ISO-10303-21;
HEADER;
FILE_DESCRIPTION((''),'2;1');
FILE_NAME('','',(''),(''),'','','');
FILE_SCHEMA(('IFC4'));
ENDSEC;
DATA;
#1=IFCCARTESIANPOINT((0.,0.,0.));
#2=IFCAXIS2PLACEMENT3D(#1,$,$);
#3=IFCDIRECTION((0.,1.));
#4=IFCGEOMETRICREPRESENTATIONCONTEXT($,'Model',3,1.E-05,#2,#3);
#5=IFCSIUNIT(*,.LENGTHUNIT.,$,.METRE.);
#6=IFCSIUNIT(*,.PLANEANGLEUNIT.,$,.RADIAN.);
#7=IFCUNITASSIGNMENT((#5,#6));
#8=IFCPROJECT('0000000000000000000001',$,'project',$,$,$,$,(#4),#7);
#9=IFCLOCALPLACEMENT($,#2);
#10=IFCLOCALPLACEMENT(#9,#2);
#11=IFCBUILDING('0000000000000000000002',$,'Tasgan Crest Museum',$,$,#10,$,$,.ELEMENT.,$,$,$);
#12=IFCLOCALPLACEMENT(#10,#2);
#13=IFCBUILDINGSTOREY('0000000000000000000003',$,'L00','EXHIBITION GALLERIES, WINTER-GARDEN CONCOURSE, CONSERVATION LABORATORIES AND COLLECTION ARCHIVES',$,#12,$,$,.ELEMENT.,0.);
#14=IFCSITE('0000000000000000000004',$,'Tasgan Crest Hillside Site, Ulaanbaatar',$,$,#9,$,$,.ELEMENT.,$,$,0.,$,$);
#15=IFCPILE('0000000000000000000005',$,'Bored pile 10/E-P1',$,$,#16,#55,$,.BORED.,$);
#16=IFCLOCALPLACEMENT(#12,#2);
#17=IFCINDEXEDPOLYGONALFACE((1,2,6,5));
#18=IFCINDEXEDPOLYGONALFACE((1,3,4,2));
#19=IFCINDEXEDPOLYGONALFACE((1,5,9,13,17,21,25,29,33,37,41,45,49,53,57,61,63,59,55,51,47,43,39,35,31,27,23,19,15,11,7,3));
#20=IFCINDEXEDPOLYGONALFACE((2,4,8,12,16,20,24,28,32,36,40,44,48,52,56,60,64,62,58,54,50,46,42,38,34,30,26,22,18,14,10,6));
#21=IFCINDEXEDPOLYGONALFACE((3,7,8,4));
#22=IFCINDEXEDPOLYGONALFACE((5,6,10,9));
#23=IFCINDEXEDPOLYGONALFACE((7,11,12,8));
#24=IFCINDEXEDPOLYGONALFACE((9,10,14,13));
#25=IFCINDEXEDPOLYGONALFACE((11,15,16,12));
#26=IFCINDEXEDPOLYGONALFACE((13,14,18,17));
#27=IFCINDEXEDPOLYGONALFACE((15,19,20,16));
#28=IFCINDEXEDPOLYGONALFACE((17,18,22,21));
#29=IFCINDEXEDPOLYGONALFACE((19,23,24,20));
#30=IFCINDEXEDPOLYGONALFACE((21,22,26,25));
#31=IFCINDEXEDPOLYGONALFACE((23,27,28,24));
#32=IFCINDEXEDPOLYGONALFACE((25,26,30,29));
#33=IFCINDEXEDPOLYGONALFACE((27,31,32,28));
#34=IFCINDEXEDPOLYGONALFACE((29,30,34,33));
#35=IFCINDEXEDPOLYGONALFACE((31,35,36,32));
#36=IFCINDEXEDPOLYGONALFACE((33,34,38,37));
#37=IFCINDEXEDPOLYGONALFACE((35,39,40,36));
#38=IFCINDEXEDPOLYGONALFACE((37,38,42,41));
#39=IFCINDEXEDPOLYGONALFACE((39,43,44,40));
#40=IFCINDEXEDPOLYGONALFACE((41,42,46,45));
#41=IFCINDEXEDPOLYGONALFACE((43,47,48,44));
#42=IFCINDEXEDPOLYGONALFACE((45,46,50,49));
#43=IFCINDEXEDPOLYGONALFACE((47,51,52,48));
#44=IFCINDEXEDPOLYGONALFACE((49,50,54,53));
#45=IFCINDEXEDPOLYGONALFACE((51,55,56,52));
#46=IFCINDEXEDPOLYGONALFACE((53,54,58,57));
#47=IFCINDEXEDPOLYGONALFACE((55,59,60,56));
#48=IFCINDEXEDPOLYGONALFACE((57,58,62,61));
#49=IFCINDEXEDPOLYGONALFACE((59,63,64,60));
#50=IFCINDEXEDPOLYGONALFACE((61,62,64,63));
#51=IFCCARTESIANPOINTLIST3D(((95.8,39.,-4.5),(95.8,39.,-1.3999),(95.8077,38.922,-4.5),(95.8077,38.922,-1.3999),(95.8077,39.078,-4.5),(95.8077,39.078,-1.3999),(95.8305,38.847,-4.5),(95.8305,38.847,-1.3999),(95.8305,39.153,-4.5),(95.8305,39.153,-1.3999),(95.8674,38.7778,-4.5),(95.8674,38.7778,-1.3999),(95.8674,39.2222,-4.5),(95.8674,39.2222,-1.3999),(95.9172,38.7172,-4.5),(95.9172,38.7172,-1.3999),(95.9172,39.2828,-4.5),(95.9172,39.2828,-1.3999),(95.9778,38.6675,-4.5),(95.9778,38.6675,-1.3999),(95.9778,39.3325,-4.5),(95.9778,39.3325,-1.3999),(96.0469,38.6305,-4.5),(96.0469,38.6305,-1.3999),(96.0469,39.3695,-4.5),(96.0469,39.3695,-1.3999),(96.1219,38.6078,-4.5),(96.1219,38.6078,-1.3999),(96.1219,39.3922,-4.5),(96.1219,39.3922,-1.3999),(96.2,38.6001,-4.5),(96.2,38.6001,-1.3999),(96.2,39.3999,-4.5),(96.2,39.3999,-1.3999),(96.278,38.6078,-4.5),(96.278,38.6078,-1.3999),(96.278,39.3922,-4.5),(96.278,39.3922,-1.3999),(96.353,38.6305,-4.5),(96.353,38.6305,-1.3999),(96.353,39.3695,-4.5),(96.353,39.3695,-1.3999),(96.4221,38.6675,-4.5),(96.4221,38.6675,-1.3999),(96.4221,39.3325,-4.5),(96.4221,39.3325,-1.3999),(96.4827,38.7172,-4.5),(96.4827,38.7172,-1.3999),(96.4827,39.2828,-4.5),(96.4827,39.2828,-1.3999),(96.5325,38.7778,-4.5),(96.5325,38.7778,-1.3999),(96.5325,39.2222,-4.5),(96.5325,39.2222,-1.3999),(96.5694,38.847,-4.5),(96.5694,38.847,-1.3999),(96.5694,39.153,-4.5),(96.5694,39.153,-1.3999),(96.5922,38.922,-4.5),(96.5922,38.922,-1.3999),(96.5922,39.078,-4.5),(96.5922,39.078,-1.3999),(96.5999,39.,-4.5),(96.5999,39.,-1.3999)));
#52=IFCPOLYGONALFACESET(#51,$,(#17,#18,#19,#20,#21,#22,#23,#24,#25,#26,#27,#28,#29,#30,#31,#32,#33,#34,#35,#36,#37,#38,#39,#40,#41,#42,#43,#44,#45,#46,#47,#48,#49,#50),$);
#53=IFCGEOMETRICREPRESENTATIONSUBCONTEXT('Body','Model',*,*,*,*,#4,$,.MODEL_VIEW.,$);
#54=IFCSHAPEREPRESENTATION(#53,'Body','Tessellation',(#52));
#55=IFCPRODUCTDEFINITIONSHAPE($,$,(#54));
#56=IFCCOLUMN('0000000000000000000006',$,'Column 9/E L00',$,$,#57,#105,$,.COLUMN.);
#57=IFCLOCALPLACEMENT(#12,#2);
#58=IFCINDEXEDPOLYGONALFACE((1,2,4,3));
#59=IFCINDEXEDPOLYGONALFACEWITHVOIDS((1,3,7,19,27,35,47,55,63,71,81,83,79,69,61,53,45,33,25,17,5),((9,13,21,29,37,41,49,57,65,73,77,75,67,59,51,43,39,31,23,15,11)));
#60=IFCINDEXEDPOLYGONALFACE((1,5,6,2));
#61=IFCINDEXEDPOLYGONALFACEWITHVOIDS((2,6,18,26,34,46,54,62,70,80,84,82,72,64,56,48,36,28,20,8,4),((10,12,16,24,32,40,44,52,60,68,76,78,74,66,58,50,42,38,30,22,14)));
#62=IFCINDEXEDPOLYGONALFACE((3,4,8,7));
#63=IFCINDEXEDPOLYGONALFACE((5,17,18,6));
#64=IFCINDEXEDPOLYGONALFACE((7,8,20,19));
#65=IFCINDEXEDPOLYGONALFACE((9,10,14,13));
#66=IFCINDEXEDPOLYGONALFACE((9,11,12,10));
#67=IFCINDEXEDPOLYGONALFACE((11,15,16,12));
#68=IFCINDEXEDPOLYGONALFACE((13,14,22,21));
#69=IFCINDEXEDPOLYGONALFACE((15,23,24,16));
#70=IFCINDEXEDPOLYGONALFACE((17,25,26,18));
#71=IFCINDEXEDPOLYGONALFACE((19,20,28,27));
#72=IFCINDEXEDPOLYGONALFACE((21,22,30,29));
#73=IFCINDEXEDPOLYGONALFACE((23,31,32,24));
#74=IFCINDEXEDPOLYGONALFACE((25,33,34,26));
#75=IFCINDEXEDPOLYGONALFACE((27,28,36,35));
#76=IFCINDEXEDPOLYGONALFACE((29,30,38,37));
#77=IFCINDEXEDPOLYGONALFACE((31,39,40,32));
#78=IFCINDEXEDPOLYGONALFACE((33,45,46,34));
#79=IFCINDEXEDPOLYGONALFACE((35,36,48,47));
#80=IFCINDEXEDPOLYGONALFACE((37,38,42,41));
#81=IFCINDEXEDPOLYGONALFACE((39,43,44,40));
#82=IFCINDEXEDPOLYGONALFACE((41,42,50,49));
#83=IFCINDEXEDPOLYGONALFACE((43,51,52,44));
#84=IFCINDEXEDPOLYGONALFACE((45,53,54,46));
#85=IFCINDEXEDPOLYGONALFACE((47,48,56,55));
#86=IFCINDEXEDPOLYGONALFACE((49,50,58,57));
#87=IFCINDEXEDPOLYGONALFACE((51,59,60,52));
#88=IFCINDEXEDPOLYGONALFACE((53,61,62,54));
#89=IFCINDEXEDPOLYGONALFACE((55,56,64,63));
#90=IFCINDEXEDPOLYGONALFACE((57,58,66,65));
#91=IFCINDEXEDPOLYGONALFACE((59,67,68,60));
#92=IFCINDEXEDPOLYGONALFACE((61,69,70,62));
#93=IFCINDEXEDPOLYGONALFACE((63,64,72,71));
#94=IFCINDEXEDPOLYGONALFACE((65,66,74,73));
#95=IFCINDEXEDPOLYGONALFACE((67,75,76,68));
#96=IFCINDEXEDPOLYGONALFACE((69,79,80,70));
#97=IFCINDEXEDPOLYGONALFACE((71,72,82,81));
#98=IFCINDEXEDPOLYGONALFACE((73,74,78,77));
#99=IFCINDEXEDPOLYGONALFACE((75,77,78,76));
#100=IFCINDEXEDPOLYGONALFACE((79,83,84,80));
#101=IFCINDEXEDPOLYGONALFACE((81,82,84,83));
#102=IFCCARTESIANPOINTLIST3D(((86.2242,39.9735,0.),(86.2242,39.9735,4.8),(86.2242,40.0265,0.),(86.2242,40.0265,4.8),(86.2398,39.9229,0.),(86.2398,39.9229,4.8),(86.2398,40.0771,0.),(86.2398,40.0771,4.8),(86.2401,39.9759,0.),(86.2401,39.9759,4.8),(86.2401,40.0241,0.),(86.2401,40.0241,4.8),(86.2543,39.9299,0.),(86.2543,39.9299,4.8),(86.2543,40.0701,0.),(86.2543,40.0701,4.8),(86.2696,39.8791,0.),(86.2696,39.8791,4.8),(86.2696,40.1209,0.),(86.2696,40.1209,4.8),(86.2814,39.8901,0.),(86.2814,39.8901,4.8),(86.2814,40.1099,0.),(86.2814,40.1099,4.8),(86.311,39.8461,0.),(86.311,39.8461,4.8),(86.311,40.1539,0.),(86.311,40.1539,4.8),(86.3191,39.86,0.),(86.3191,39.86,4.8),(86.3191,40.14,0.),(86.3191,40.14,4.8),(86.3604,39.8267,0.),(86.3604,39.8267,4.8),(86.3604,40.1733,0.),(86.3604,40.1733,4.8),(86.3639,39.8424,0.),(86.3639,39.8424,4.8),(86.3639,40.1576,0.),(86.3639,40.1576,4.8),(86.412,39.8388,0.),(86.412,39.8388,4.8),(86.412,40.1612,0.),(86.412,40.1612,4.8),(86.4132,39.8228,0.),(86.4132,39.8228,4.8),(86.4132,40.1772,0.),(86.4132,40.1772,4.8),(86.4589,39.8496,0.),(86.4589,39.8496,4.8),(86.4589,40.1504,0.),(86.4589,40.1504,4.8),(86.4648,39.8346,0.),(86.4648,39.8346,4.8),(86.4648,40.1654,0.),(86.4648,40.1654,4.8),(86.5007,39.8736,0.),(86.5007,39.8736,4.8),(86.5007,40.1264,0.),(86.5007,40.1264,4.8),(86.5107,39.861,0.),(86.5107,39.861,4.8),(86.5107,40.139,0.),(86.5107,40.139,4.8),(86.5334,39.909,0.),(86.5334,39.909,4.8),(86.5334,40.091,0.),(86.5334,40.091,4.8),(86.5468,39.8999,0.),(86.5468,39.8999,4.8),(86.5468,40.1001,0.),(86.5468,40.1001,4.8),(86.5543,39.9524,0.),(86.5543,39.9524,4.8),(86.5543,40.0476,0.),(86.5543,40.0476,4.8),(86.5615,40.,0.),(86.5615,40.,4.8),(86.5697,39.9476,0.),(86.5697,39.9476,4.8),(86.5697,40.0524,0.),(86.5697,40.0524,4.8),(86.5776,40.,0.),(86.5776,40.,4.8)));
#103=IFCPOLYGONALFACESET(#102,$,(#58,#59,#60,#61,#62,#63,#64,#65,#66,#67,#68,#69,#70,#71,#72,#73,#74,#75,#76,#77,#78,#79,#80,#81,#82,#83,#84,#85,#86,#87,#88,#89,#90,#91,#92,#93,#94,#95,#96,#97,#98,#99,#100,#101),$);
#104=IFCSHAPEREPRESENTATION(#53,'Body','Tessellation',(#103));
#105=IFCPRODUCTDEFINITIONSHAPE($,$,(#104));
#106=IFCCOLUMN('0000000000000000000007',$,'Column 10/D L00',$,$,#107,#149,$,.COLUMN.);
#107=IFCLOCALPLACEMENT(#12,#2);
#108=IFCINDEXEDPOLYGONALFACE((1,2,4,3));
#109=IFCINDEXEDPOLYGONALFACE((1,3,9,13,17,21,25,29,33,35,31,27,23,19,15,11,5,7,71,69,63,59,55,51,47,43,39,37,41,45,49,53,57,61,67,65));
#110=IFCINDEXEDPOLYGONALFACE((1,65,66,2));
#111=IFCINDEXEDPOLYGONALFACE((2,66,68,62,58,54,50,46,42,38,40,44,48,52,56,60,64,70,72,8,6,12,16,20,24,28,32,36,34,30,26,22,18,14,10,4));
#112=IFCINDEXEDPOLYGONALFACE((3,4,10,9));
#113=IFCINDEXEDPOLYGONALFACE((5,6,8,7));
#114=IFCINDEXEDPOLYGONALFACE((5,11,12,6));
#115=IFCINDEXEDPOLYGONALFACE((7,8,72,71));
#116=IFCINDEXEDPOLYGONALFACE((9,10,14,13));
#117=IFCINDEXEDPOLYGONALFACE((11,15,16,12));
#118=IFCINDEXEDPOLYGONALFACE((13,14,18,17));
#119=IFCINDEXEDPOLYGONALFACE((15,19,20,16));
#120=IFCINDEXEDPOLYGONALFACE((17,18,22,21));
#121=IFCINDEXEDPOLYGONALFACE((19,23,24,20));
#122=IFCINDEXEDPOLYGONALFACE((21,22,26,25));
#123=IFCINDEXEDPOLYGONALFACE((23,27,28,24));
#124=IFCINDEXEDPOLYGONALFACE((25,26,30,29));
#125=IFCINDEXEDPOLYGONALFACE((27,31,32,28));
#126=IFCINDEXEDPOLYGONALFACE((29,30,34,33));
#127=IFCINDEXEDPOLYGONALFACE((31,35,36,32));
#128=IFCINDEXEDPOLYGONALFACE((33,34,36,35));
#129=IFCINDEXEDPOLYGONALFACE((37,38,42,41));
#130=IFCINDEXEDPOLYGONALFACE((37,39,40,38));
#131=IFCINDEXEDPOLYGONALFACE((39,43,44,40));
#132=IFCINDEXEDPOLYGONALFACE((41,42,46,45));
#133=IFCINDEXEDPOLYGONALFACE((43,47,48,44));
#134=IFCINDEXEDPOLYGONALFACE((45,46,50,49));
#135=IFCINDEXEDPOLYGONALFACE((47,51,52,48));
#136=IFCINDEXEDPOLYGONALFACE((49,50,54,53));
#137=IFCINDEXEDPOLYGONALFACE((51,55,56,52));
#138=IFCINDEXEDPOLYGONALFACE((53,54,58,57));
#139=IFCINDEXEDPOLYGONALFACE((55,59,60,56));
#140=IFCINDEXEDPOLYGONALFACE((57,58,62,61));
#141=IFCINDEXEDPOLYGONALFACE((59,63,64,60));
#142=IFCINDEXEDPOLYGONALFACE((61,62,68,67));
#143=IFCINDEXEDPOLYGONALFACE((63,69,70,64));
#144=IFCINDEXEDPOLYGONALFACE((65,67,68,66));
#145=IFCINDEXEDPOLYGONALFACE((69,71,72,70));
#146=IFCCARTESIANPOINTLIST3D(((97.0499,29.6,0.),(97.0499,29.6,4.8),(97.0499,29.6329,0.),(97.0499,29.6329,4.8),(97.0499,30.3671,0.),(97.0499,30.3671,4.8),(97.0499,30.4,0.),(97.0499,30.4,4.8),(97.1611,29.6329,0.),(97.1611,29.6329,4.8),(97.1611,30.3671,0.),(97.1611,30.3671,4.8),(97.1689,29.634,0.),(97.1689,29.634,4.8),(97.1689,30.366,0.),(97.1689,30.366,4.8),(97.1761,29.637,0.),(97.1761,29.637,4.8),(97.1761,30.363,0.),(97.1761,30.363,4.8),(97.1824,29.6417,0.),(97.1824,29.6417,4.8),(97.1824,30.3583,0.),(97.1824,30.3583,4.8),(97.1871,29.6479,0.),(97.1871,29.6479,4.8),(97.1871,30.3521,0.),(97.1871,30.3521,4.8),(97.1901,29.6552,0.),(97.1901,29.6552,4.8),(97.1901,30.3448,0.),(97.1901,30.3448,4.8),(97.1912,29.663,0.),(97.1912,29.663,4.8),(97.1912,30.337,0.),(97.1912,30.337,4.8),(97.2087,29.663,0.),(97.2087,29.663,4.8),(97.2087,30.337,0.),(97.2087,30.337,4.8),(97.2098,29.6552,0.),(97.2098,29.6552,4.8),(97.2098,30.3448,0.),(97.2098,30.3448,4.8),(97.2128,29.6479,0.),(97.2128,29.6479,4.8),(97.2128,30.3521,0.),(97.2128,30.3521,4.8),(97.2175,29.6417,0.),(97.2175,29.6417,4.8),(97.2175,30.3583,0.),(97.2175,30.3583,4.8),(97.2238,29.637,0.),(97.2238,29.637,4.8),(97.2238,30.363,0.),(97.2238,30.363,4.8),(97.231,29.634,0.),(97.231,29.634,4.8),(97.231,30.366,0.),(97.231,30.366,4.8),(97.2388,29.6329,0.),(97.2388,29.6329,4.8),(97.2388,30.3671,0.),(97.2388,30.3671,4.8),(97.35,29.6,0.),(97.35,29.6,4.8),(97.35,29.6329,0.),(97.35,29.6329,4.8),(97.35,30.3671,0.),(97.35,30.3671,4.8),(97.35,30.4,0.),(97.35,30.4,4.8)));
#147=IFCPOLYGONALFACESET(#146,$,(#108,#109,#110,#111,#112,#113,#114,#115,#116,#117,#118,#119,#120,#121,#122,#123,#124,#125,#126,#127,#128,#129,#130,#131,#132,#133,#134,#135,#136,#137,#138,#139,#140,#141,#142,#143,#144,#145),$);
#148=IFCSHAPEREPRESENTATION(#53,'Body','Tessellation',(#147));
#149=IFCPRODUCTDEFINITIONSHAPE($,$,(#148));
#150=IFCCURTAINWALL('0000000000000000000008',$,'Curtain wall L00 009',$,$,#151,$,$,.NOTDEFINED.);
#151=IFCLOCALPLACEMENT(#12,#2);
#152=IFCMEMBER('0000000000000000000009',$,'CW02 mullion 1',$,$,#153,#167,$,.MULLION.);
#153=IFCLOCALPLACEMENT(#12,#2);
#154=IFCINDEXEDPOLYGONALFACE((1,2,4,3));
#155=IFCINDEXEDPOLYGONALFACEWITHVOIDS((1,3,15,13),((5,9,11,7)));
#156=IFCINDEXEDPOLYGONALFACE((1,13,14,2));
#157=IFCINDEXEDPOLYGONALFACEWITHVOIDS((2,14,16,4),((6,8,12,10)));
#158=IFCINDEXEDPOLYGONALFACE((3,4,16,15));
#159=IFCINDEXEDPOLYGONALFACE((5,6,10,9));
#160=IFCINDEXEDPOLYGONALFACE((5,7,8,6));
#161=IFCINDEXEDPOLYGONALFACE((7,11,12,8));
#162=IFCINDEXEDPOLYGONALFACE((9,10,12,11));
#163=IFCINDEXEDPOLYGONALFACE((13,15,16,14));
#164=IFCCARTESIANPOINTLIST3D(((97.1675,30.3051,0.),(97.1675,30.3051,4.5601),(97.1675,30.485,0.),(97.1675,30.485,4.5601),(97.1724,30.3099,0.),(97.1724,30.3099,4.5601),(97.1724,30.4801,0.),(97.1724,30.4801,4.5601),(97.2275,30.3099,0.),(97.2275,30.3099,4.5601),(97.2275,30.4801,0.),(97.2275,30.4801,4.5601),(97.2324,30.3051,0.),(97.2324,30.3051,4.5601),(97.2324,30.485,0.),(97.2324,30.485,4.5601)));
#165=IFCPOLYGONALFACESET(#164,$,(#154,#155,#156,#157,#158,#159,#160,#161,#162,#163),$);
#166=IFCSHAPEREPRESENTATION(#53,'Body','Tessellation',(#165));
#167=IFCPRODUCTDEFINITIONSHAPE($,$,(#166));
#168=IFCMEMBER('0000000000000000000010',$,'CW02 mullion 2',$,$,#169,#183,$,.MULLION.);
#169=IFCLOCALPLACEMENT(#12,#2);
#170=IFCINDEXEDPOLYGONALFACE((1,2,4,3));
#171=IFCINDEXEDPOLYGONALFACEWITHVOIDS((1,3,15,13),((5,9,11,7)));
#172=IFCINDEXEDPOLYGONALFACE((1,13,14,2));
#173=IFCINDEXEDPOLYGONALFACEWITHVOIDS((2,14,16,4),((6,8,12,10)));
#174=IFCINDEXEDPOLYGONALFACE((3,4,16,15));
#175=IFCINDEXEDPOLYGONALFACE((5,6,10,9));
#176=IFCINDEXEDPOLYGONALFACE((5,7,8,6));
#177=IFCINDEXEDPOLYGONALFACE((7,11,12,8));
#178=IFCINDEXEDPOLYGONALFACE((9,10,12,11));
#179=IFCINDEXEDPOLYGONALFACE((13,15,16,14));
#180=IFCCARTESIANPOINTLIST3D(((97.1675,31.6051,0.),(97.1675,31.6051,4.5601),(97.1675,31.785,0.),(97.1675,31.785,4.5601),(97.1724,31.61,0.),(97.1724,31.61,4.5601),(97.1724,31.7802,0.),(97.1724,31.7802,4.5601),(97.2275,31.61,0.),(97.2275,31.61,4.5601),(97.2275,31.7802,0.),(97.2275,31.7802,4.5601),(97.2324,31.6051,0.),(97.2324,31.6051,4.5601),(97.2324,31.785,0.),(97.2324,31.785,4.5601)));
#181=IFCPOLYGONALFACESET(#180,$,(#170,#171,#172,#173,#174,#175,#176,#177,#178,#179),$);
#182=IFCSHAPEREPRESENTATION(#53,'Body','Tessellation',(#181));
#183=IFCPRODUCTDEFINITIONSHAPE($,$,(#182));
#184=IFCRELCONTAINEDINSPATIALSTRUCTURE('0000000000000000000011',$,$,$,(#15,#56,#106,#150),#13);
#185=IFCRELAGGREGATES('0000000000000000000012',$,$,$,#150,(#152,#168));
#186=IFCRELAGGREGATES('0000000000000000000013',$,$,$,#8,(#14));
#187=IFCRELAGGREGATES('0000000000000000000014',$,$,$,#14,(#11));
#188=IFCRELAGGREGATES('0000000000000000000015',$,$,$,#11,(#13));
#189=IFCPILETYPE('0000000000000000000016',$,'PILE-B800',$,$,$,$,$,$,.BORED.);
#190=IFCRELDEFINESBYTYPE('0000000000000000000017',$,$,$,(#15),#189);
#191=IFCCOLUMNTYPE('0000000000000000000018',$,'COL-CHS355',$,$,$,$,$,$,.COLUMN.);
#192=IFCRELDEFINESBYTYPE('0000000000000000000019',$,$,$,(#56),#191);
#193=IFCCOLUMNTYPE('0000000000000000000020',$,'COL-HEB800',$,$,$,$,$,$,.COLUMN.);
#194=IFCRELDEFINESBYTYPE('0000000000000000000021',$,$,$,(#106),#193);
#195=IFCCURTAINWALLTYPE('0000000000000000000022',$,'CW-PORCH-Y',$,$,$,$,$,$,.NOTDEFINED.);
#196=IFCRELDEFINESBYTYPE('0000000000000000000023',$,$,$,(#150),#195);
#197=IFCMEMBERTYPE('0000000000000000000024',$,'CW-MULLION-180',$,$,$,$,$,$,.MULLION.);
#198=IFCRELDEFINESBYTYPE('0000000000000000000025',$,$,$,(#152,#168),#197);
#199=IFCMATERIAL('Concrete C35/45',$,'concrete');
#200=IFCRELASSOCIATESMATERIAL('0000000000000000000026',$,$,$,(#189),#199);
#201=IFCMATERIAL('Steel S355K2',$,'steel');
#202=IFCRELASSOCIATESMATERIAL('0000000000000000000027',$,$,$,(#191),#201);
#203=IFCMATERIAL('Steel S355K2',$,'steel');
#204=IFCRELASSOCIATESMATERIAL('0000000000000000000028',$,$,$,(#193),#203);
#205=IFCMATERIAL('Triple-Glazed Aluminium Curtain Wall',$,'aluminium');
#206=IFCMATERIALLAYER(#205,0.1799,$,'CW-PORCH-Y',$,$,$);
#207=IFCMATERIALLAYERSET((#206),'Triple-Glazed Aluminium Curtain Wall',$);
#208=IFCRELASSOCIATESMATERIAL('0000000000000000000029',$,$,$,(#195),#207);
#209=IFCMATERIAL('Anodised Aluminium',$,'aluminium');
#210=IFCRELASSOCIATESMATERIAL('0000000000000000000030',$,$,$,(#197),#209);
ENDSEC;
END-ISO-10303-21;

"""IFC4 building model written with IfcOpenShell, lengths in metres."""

from ifc_helpers import new_model, si_unit, direction, frame, origin, origin_2d, place, context, subcontext, project, spatial, hollow_rectangle, circle, hollow_circle, i_section, extrude, material, layer, layer_set, material_profile, profile_set, type_object, element, aggregate, save


model = new_model("IFC4")

# Units and contexts
model_context = context("Model", 3, precision=1e-05, world=origin(), true_north=direction((0.0, 1.0)))
body_context = subcontext(model_context, "Body", "Model", "MODEL_VIEW")
ifc_project = project(units=[si_unit("LENGTHUNIT", "METRE"), si_unit("PLANEANGLEUNIT", "RADIAN")], contexts=[model_context])

# Site, building, storey
site_placement = place(None, origin())
site = spatial("IfcSite", under=ifc_project, at=site_placement, Name="Tasgan Crest Hillside Site, Ulaanbaatar", CompositionType="ELEMENT", RefElevation=0.0)
building_placement = place(site_placement, origin())
building = spatial("IfcBuilding", under=site, at=building_placement, Name="Tasgan Crest Museum", CompositionType="ELEMENT")
storey_placement = place(building_placement, origin())
storey = spatial("IfcBuildingStorey", under=building, at=storey_placement, Name="L00", Description="EXHIBITION GALLERIES, WINTER-GARDEN CONCOURSE, CONSERVATION LABORATORIES AND COLLECTION ARCHIVES", CompositionType="ELEMENT", Elevation=0.0)

# Pile
ifc_material_1 = material(Name="Concrete C35/45", Category="concrete")
ifc_material_profile_1 = material_profile(ifc_material_1, circle(Radius=0.3999, at=origin_2d()), Name="PILE D800")
ifc_profile_set_1 = profile_set([ifc_material_profile_1], Name="Concrete C35/45")
pile_type = type_object("IfcPileType", Name="PILE-B800", PredefinedType="BORED", material=ifc_profile_set_1)
pile_1_placement = place(storey_placement, frame((96.2, 39.0, -1.3999), z_axis=(0.0, 0.0, -1.0), x_axis=(1.0, 0.0, 0.0)))
element("IfcPile", 1, at=pile_1_placement, inside=storey, type_object=pile_type, Name="Bored pile 10/E-P1", PredefinedType="BORED", context=body_context, shape_type="SweptSolid", body=[
    extrude(circle(Radius=0.3999, at=origin_2d()), origin(), (0.0, 0.0, 1.0), 3.1001),
])

# Columns
ifc_material_2 = material(Name="Steel S355K2", Category="steel")
ifc_material_profile_2 = material_profile(ifc_material_2, hollow_circle(Radius=0.1777, WallThickness=0.0161, at=origin_2d()), Name="CHS 355.6x16")
ifc_profile_set_2 = profile_set([ifc_material_profile_2], Name="Steel S355K2")
column_type_1 = type_object("IfcColumnType", Name="COL-CHS355", PredefinedType="COLUMN", material=ifc_profile_set_2)
column_1_placement = place(storey_placement, frame((86.3999, 40.0, 0.0), z_axis=(0.0, 0.0, 1.0), x_axis=(1.0, 0.0, 0.0)))
element("IfcColumn", 2, at=column_1_placement, inside=storey, type_object=column_type_1, Name="Column 9/E L00", PredefinedType="COLUMN", context=body_context, shape_type="SweptSolid", body=[
    extrude(hollow_circle(Radius=0.1777, WallThickness=0.0161, at=origin_2d()), origin(), (0.0, 0.0, 1.0), 4.8),
])
ifc_material_3 = material(Name="Steel S355K2", Category="steel")
ifc_material_profile_3 = material_profile(ifc_material_3, i_section(OverallWidth=0.3, OverallDepth=0.8, WebThickness=0.0176, FlangeThickness=0.033, FilletRadius=0.03, at=origin_2d()), Name="HEB 800")
ifc_profile_set_3 = profile_set([ifc_material_profile_3], Name="Steel S355K2")
column_type_2 = type_object("IfcColumnType", Name="COL-HEB800", PredefinedType="COLUMN", material=ifc_profile_set_3)
column_2_placement = place(storey_placement, frame((97.2, 30.0, 0.0), z_axis=(0.0, 0.0, 1.0), x_axis=(1.0, 0.0, 0.0)))
element("IfcColumn", 3, at=column_2_placement, inside=storey, type_object=column_type_2, Name="Column 10/D L00", PredefinedType="COLUMN", context=body_context, shape_type="SweptSolid", body=[
    extrude(i_section(OverallWidth=0.3, OverallDepth=0.8, WebThickness=0.0176, FlangeThickness=0.033, FilletRadius=0.03, at=origin_2d()), origin(), (0.0, 0.0, 1.0), 4.8),
])

# Curtain wall, members
ifc_material_4 = material(Name="Triple-Glazed Aluminium Curtain Wall", Category="aluminium")
ifc_layer_1 = layer(ifc_material_4, 0.1799, Name="CW-PORCH-Y")
ifc_layer_set_1 = layer_set([ifc_layer_1], Name="Triple-Glazed Aluminium Curtain Wall")
curtain_wall_type = type_object("IfcCurtainWallType", Name="CW-PORCH-Y", PredefinedType="NOTDEFINED", material=ifc_layer_set_1)
curtain_wall_placement = place(storey_placement, origin())
curtain_wall = element("IfcCurtainWall", 4, at=curtain_wall_placement, inside=storey, type_object=curtain_wall_type, Name="Curtain wall L00 009", PredefinedType="NOTDEFINED")
ifc_material_5 = material(Name="Anodised Aluminium", Category="aluminium")
ifc_material_profile_4 = material_profile(ifc_material_5, hollow_rectangle(XDim=0.0649, YDim=0.1799, WallThickness=0.0049, at=origin_2d()), Name="ALU MULLION 180x65x5")
ifc_profile_set_4 = profile_set([ifc_material_profile_4], Name="Anodised Aluminium")
member_type_1 = type_object("IfcMemberType", Name="CW-MULLION-180", PredefinedType="MULLION", material=ifc_profile_set_4)
member_1_placement = place(storey_placement, frame((97.2, 30.395, 0.0), z_axis=(0.0, 0.0, 1.0), x_axis=(-1.0, 0.0, 0.0)))
member_1 = element("IfcMember", 5, at=member_1_placement, type_object=member_type_1, Name="CW02 mullion 1", PredefinedType="MULLION", context=body_context, shape_type="SweptSolid", body=[
    extrude(hollow_rectangle(XDim=0.0649, YDim=0.1799, WallThickness=0.0049, at=origin_2d()), origin(), (0.0, 0.0, 1.0), 4.5601),
])
member_2_placement = place(storey_placement, frame((97.2, 31.6951, 0.0), z_axis=(0.0, 0.0, 1.0), x_axis=(-1.0, 0.0, 0.0)))
member_2 = element("IfcMember", 6, at=member_2_placement, type_object=member_type_1, Name="CW02 mullion 2", PredefinedType="MULLION", context=body_context, shape_type="SweptSolid", body=[
    extrude(hollow_rectangle(XDim=0.0649, YDim=0.1799, WallThickness=0.0049, at=origin_2d()), origin(), (0.0, 0.0, 1.0), 4.5601),
])
aggregate(curtain_wall, [member_1, member_2])

save(model, "model.ifc")
